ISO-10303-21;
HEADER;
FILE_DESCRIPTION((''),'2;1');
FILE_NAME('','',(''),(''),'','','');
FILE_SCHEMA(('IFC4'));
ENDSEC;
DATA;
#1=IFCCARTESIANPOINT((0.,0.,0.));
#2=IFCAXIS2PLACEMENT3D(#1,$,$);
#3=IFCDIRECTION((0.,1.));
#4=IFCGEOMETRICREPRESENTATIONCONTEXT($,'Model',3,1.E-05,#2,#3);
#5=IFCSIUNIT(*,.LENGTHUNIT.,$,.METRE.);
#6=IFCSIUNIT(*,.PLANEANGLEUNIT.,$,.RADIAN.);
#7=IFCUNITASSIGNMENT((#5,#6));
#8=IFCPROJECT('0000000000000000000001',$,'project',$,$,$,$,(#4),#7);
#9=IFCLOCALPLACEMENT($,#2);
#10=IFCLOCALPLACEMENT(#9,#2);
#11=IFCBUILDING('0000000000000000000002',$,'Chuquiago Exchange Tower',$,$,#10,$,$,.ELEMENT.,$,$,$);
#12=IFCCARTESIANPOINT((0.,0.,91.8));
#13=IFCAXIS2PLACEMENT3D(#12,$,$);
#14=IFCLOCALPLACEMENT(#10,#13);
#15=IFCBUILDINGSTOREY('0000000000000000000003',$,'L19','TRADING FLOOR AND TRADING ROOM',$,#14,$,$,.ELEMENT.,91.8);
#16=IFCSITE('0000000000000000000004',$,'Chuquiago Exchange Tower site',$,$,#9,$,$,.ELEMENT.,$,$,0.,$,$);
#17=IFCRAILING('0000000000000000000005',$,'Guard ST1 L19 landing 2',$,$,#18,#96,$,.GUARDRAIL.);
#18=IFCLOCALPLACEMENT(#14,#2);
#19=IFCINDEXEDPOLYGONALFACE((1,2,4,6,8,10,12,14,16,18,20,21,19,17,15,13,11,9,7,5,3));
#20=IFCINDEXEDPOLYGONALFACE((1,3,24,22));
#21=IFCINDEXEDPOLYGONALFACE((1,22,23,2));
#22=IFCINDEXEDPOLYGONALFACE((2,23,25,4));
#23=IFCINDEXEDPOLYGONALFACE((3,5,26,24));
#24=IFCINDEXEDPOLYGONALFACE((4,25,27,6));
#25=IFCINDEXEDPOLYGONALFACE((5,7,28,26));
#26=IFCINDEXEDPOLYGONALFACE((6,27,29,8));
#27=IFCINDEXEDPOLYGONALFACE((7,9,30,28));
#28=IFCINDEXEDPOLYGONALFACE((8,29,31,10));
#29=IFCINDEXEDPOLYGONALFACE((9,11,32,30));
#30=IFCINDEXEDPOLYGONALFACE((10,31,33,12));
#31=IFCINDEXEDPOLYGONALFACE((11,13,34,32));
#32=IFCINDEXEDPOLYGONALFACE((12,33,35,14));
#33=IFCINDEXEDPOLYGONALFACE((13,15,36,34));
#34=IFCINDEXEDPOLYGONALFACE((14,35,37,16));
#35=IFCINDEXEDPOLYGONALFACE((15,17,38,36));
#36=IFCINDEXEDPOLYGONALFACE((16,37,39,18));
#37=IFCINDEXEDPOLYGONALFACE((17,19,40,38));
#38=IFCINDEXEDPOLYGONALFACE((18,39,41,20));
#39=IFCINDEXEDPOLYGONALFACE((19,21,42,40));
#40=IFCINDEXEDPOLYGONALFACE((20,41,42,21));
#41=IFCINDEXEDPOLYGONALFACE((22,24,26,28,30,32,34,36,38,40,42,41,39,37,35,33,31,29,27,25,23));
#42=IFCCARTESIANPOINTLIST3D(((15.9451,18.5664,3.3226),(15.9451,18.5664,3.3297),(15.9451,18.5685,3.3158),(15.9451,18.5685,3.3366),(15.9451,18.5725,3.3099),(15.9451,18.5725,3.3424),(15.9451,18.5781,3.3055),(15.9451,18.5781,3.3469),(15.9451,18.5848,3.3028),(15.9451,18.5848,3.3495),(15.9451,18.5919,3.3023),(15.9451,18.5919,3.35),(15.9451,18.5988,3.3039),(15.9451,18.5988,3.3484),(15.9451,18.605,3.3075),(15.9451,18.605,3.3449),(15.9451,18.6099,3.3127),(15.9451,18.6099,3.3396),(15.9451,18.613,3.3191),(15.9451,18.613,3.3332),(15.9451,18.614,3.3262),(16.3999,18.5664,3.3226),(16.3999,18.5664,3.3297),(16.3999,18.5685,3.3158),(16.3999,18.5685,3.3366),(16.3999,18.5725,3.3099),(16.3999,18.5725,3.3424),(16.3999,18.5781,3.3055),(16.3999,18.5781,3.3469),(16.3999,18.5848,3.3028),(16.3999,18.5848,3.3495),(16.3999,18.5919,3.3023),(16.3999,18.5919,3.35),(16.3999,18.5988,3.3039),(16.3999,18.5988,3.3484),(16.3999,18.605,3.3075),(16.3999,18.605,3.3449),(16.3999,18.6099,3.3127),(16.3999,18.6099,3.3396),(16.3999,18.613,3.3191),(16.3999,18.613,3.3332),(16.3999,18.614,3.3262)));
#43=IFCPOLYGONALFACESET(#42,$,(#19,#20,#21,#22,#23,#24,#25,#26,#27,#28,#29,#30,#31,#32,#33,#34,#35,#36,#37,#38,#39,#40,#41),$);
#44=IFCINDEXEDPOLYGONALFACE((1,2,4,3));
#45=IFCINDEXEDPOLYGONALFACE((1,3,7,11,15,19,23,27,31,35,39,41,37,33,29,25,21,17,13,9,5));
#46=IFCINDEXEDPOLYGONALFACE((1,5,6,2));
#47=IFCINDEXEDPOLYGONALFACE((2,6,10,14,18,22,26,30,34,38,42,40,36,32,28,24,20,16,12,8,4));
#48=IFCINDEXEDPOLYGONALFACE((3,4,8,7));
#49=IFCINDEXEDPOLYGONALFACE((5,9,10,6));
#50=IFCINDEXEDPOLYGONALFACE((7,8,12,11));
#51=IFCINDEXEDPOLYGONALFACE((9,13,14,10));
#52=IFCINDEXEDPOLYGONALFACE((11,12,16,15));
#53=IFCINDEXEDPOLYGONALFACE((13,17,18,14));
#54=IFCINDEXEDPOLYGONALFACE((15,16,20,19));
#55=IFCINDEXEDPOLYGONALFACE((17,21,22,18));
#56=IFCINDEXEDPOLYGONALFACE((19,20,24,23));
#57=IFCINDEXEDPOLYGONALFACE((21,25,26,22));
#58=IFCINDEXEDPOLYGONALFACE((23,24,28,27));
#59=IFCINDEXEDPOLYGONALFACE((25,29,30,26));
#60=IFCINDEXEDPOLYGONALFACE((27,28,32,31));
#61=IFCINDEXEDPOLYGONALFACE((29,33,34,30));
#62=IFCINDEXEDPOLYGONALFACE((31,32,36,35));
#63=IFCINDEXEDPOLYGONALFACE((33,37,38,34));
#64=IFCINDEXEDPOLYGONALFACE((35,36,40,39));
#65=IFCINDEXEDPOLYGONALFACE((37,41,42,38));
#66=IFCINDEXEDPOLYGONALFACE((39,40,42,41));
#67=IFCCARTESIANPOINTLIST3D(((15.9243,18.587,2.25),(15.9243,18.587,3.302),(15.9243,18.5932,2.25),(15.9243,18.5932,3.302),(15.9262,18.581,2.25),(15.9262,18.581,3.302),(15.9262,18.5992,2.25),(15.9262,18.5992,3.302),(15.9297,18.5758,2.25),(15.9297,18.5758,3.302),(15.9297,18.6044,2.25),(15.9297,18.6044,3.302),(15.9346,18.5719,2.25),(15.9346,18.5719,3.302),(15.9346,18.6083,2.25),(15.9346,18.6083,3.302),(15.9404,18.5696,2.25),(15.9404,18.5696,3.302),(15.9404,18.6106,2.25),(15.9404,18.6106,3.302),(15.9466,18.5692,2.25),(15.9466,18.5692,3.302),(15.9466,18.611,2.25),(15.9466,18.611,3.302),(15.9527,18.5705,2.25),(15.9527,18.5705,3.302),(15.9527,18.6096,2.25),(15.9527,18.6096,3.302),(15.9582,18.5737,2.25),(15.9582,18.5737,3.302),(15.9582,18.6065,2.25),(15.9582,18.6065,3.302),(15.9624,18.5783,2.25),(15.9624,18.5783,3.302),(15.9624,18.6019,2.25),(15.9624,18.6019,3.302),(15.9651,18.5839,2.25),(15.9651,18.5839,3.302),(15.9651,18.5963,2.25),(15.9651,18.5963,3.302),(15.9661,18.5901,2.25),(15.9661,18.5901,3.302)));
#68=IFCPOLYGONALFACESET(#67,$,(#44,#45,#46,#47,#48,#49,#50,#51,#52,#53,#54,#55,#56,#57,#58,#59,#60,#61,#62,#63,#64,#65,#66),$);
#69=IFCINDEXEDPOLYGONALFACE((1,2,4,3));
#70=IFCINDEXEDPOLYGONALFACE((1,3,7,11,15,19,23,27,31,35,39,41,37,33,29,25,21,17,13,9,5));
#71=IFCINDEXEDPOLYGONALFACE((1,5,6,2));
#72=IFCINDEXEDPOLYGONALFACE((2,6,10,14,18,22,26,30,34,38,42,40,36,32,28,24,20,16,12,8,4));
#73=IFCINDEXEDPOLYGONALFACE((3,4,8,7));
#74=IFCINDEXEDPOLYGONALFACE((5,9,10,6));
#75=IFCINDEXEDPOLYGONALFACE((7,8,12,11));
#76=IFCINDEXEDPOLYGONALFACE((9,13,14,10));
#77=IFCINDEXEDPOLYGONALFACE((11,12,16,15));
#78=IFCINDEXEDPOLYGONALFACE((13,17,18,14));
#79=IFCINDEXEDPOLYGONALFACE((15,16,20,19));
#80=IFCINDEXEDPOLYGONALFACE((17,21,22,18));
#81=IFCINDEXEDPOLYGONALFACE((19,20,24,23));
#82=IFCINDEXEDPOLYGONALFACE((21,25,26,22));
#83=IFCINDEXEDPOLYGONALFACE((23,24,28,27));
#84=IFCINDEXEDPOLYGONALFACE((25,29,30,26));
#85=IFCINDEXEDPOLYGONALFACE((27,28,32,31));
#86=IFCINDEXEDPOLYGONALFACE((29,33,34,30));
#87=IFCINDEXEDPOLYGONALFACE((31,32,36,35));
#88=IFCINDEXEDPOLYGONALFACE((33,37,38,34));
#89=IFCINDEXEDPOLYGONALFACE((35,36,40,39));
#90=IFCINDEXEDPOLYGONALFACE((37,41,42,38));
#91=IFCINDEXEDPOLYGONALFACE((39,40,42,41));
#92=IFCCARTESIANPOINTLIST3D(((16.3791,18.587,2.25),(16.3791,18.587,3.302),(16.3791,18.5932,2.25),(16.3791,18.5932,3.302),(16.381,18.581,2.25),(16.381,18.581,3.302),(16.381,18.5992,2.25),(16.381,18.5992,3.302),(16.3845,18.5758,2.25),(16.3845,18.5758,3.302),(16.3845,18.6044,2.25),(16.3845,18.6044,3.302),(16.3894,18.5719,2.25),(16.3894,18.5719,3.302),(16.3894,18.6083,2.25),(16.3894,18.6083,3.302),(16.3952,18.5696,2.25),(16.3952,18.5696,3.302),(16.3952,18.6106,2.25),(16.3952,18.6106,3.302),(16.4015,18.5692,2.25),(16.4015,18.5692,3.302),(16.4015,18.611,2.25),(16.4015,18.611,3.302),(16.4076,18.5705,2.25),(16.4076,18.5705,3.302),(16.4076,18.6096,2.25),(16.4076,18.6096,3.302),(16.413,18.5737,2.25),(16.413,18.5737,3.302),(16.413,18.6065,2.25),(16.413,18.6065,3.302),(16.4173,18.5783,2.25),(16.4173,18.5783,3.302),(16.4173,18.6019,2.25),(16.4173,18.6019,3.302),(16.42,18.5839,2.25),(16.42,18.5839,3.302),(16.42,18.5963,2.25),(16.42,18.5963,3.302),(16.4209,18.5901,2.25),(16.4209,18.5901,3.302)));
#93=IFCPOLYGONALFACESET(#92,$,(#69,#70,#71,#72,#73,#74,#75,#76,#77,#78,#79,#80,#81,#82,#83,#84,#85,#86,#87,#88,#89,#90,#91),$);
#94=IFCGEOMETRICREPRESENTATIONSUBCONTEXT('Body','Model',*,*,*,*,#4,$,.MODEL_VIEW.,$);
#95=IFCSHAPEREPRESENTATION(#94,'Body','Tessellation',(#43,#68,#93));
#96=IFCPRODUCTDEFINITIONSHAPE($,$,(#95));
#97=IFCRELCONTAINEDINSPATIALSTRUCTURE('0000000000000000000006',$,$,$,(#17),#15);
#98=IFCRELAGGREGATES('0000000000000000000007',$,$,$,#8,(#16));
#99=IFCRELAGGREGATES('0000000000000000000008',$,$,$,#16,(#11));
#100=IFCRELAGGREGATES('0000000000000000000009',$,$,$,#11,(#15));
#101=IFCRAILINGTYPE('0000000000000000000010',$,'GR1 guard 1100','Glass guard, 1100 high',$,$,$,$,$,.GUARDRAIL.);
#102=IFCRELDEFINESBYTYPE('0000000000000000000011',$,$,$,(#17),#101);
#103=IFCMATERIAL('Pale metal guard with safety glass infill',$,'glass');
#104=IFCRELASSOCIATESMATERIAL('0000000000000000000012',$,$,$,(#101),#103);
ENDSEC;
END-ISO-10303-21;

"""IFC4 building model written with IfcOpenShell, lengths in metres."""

from ifc_helpers import new_model, si_unit, direction, frame, origin, origin_2d, place, context, subcontext, project, spatial, circle, extrude, material, type_object, element, save


model = new_model("IFC4")

# Units and contexts
model_context = context("Model", 3, precision=1e-05, world=origin(), true_north=direction((0.0, 1.0)))
body_context = subcontext(model_context, "Body", "Model", "MODEL_VIEW")
ifc_project = project(units=[si_unit("LENGTHUNIT", "METRE"), si_unit("PLANEANGLEUNIT", "RADIAN")], contexts=[model_context])

# Site, building, storey
site_placement = place(None, origin())
site = spatial("IfcSite", under=ifc_project, at=site_placement, Name="Chuquiago Exchange Tower site", CompositionType="ELEMENT", RefElevation=0.0)
building_placement = place(site_placement, origin())
building = spatial("IfcBuilding", under=site, at=building_placement, Name="Chuquiago Exchange Tower", CompositionType="ELEMENT")
storey_placement = place(building_placement, frame((0.0, 0.0, 91.8)))
storey = spatial("IfcBuildingStorey", under=building, at=storey_placement, Name="L19", Description="TRADING FLOOR AND TRADING ROOM", CompositionType="ELEMENT", Elevation=91.8)

# Railing
ifc_material_1 = material(Name="Pale metal guard with safety glass infill", Category="glass")
railing_type_1 = type_object("IfcRailingType", Name="GR1 guard 1100", Description="Glass guard, 1100 high", PredefinedType="GUARDRAIL", material=ifc_material_1)
for number, where, name in (
    (1, (15.9451, 18.5901, 2.25), "Guard ST1 L19 landing 2"),
):
    element("IfcRailing", number, at=place(storey_placement, frame(where)), inside=storey, type_object=railing_type_1, Name=name, PredefinedType="GUARDRAIL", context=body_context, shape_type="SweptSolid", body=[
        extrude(circle(Radius=0.0239, at=origin_2d()), frame((0.0, 0.0, 1.0762), z_axis=(1.0, 0.0, 0.0), x_axis=(0.0, 1.0, 0.0)), (0.0, 0.0, 1.0), 0.4548),
        extrude(circle(Radius=0.021, at=origin_2d()), origin(), (0.0, 0.0, 1.0), 1.052),
        extrude(circle(Radius=0.021, at=origin_2d()), frame((0.4548, 0.0, 0.0)), (0.0, 0.0, 1.0), 1.052),
    ])

save(model, "model.ifc")
